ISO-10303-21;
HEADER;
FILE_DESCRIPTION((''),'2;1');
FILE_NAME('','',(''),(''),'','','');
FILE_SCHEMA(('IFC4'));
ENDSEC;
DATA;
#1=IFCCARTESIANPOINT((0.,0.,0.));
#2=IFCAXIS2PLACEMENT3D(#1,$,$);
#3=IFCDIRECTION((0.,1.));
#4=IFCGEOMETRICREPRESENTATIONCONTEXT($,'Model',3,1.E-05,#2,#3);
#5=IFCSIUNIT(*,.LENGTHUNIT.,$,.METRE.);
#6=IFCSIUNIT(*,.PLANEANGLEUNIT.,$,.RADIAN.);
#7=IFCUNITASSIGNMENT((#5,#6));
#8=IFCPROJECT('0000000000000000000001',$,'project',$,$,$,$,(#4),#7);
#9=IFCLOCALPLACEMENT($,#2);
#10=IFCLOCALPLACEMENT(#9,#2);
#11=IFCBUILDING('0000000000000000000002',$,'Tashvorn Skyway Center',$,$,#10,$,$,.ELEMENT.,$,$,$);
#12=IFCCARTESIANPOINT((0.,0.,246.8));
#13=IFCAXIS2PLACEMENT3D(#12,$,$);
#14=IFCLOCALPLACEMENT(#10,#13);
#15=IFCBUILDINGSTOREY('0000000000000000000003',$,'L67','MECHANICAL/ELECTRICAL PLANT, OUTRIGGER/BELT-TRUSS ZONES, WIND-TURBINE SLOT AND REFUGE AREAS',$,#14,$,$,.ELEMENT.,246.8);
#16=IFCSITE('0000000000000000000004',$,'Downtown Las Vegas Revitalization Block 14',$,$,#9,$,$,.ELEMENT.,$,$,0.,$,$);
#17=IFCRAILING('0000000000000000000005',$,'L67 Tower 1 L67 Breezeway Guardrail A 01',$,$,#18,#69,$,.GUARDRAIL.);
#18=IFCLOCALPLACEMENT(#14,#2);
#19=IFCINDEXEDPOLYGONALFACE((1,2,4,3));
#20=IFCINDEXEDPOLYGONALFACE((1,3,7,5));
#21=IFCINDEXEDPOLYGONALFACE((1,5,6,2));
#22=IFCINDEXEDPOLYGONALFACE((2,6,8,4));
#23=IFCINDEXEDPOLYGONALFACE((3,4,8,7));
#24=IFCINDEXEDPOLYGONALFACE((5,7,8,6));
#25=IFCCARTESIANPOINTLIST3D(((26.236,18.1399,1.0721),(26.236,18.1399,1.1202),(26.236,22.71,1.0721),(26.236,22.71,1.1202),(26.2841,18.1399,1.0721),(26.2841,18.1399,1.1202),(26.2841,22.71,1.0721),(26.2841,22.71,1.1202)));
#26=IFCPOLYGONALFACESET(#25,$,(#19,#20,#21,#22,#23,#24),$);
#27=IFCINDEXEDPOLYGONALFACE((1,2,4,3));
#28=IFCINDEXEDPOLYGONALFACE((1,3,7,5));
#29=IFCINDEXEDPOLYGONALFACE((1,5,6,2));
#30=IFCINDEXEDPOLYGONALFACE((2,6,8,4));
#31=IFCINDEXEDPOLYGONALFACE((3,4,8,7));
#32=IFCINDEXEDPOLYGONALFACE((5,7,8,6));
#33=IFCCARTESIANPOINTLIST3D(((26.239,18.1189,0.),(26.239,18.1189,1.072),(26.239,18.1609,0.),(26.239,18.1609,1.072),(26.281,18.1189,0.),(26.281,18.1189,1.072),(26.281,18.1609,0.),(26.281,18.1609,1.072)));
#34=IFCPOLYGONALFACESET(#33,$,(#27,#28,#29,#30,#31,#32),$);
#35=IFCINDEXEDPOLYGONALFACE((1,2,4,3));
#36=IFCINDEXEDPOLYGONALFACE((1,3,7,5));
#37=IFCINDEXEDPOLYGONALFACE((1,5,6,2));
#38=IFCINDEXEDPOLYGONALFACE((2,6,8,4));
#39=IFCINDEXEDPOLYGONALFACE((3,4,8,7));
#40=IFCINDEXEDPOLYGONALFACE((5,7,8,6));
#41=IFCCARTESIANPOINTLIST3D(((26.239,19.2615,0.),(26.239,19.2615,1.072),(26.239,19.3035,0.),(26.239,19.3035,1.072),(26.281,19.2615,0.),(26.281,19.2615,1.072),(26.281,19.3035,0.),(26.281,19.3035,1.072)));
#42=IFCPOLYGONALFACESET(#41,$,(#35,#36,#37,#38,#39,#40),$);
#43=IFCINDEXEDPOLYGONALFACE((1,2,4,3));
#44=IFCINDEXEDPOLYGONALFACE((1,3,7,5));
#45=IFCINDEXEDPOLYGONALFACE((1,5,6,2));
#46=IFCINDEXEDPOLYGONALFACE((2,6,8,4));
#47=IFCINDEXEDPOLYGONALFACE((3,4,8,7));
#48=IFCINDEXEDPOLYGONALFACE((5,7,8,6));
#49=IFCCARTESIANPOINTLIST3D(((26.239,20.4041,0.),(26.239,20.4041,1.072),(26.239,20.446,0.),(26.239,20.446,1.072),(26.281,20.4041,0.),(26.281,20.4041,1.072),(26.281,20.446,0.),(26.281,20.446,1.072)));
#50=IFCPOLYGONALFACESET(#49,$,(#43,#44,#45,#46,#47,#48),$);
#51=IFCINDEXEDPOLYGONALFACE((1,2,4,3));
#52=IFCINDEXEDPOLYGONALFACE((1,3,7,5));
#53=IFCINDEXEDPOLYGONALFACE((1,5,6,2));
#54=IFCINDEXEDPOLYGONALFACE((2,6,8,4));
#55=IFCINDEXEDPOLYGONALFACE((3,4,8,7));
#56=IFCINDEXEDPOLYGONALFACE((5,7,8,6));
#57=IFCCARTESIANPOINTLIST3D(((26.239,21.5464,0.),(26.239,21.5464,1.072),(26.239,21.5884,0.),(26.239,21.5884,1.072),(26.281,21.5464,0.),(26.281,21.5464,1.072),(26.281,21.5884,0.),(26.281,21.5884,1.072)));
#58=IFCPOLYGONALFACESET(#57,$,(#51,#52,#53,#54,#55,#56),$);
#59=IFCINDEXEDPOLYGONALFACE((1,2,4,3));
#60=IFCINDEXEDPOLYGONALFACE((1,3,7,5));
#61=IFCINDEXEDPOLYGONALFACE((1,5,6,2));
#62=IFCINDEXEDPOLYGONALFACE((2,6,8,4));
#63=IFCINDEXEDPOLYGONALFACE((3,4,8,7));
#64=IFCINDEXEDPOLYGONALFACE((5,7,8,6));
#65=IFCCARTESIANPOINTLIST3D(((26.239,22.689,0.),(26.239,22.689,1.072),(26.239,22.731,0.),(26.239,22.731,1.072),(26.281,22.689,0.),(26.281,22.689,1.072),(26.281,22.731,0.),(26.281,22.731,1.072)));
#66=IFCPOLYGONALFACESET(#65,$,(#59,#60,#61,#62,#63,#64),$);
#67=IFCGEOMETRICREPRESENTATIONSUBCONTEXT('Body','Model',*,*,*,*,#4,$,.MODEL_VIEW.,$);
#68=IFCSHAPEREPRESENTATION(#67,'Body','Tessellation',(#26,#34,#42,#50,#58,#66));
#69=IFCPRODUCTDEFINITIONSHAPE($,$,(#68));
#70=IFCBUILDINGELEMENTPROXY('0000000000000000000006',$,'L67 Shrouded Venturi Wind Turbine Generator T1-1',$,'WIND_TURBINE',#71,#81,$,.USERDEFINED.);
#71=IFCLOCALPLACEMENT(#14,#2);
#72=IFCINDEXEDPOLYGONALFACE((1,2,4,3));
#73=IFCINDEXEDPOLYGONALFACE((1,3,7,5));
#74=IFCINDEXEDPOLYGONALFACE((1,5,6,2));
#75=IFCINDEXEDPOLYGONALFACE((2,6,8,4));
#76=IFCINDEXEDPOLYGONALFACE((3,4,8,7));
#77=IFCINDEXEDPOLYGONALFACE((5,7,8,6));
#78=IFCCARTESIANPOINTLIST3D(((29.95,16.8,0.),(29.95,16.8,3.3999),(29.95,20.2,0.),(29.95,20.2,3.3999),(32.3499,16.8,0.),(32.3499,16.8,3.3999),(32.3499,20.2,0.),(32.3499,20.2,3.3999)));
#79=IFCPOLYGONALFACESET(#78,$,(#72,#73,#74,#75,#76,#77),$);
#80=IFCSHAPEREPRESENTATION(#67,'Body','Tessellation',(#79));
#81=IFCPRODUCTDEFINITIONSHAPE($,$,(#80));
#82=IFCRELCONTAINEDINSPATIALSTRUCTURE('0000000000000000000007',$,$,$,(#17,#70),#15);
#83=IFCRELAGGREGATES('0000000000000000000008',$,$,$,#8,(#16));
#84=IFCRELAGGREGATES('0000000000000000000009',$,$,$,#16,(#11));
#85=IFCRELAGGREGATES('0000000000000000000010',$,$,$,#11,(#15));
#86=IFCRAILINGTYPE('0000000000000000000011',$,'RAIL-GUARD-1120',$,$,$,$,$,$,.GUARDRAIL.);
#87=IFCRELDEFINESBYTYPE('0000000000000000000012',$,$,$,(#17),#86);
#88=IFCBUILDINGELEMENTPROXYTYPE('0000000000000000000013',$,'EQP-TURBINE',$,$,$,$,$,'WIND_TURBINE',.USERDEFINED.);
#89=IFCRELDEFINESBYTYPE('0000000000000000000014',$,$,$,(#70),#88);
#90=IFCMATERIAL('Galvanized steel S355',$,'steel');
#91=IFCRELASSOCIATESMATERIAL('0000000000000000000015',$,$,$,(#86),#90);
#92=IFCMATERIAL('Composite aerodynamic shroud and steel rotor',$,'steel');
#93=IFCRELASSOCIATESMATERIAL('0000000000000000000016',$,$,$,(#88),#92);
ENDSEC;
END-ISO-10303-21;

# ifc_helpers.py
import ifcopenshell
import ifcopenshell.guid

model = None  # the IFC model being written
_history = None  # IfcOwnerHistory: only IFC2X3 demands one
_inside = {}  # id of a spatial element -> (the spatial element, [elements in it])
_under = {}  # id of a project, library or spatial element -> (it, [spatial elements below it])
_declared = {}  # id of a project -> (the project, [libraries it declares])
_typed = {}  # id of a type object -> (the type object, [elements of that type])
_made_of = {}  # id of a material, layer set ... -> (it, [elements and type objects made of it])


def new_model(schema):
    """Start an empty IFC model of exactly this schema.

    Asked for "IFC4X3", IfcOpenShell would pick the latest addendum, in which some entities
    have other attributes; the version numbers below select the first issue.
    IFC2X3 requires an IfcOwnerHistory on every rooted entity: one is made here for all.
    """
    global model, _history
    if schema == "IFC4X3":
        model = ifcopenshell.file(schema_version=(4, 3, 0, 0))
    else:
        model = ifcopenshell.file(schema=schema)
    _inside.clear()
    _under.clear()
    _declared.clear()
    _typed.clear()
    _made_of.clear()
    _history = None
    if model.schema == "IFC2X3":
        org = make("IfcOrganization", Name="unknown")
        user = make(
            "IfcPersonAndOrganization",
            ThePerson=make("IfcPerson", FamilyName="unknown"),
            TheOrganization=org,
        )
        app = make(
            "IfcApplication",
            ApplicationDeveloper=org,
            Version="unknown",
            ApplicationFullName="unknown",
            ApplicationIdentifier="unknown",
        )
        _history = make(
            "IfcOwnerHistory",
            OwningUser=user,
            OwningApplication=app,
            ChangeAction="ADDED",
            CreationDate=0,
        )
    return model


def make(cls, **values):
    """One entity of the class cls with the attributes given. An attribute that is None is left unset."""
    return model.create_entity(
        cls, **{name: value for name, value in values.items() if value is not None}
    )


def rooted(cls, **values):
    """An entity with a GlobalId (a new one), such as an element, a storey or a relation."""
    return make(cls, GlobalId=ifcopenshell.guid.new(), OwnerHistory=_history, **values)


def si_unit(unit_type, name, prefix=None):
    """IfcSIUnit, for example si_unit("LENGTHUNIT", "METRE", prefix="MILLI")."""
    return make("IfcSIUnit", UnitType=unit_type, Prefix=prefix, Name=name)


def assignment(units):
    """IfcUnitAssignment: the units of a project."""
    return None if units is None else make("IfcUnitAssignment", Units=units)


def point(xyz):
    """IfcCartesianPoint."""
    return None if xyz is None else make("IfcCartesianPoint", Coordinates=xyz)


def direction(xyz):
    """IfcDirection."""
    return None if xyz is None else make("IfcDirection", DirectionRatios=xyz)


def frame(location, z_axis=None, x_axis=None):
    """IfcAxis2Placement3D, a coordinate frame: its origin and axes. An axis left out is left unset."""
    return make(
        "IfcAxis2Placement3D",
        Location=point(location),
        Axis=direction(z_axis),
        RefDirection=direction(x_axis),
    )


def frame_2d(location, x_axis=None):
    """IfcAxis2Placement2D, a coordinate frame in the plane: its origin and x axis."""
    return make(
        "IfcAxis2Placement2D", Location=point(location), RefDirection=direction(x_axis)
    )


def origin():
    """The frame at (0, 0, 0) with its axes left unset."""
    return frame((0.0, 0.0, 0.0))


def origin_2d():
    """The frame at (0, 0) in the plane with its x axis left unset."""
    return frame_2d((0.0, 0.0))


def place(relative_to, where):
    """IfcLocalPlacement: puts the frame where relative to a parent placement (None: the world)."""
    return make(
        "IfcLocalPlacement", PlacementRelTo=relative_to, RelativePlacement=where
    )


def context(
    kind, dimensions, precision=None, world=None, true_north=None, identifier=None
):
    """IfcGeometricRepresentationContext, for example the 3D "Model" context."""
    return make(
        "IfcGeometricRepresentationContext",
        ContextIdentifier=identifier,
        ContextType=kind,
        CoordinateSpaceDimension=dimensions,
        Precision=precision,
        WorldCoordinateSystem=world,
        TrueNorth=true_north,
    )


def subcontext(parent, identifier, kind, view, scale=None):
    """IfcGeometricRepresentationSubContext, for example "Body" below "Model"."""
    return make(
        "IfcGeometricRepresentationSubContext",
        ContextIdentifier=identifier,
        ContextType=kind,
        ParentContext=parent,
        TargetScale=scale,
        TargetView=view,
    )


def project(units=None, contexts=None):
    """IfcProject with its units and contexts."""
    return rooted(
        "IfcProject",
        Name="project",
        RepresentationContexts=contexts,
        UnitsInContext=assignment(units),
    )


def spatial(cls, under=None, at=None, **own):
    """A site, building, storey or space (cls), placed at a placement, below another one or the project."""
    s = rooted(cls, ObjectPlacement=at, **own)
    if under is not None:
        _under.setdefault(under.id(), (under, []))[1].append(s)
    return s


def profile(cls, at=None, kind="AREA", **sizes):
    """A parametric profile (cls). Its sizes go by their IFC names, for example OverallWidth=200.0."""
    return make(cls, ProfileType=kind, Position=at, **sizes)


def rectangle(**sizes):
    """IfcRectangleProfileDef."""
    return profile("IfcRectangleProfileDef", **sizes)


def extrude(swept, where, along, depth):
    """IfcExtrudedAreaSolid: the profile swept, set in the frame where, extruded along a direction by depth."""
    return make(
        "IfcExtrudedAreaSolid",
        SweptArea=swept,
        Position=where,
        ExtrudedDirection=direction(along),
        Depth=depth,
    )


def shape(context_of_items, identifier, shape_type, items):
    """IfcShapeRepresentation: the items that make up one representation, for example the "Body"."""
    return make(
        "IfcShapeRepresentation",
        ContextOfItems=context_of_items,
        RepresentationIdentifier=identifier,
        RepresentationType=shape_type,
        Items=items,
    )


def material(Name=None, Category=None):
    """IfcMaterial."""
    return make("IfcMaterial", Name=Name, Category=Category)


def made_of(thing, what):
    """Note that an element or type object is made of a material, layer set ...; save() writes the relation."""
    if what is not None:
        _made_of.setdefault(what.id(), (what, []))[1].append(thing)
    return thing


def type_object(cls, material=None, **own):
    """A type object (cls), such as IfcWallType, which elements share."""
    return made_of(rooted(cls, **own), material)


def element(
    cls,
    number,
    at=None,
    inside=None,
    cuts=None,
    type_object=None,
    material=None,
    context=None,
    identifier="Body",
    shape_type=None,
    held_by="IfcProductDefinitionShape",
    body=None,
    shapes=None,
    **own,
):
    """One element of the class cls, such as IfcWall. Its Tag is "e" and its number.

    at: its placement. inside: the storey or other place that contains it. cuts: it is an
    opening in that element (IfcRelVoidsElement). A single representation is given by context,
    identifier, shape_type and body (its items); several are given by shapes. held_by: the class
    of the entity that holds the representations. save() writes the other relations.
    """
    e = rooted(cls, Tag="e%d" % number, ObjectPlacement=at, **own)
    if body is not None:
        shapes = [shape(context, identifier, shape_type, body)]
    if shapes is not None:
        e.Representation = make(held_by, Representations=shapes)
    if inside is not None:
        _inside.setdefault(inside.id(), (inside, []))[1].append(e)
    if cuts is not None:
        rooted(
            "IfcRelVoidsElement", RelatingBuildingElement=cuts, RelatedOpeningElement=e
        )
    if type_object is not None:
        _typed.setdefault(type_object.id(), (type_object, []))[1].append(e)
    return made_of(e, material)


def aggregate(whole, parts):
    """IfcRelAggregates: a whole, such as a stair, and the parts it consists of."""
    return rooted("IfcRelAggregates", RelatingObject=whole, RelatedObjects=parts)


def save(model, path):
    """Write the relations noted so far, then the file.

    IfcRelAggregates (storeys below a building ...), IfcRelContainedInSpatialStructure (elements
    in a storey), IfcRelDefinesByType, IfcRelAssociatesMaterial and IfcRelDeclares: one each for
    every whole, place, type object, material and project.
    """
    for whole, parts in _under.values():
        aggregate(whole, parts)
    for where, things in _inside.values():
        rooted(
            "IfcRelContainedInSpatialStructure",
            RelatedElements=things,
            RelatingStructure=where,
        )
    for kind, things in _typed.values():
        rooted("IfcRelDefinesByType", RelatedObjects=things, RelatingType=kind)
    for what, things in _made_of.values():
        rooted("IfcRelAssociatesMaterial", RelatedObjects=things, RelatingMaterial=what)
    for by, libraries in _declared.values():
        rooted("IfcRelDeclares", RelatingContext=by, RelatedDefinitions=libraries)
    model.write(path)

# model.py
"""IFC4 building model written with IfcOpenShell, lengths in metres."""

from ifc_helpers import new_model, si_unit, direction, frame, origin, origin_2d, place, context, subcontext, project, spatial, rectangle, extrude, material, type_object, element, save


model = new_model("IFC4")

# Units and contexts
model_context = context("Model", 3, precision=1e-05, world=origin(), true_north=direction((0.0, 1.0)))
body_context = subcontext(model_context, "Body", "Model", "MODEL_VIEW")
ifc_project = project(units=[si_unit("LENGTHUNIT", "METRE"), si_unit("PLANEANGLEUNIT", "RADIAN")], contexts=[model_context])

# Site, building, storey
site_placement = place(None, origin())
site = spatial("IfcSite", under=ifc_project, at=site_placement, Name="Downtown Las Vegas Revitalization Block 14", CompositionType="ELEMENT", RefElevation=0.0)
building_placement = place(site_placement, origin())
building = spatial("IfcBuilding", under=site, at=building_placement, Name="Tashvorn Skyway Center", CompositionType="ELEMENT")
storey_placement = place(building_placement, frame((0.0, 0.0, 246.8)))
storey = spatial("IfcBuildingStorey", under=building, at=storey_placement, Name="L67", Description="MECHANICAL/ELECTRICAL PLANT, OUTRIGGER/BELT-TRUSS ZONES, WIND-TURBINE SLOT AND REFUGE AREAS", CompositionType="ELEMENT", Elevation=246.8)

# Railing
ifc_material_1 = material(Name="Galvanized steel S355", Category="steel")
railing_type = type_object("IfcRailingType", Name="RAIL-GUARD-1120", PredefinedType="GUARDRAIL", material=ifc_material_1)
railing_placement = place(storey_placement, frame((26.26, 18.1399, 0.0)))
element("IfcRailing", 1, at=railing_placement, inside=storey, type_object=railing_type, Name="L67 Tower 1 L67 Breezeway Guardrail A 01", PredefinedType="GUARDRAIL", context=body_context, shape_type="SweptSolid", body=[
    extrude(rectangle(XDim=0.0481, YDim=0.0481, at=origin_2d()), frame((0.0, 0.0, 1.0962), z_axis=(0.0, 1.0, 0.0), x_axis=(-1.0, 0.0, 0.0)), (0.0, 0.0, 1.0), 4.5701),
    extrude(rectangle(XDim=0.042, YDim=0.042, at=origin_2d()), origin(), (0.0, 0.0, 1.0), 1.072),
    extrude(rectangle(XDim=0.042, YDim=0.042, at=origin_2d()), frame((0.0, 1.1426, 0.0)), (0.0, 0.0, 1.0), 1.072),
    extrude(rectangle(XDim=0.042, YDim=0.042, at=origin_2d()), frame((0.0, 2.2852, 0.0)), (0.0, 0.0, 1.0), 1.072),
    extrude(rectangle(XDim=0.042, YDim=0.042, at=origin_2d()), frame((0.0, 3.4275, 0.0)), (0.0, 0.0, 1.0), 1.072),
    extrude(rectangle(XDim=0.042, YDim=0.042, at=origin_2d()), frame((0.0, 4.5701, 0.0)), (0.0, 0.0, 1.0), 1.072),
])

# Building element proxy
ifc_material_2 = material(Name="Composite aerodynamic shroud and steel rotor", Category="steel")
building_element_proxy_type = type_object("IfcBuildingElementProxyType", Name="EQP-TURBINE", ElementType="WIND_TURBINE", PredefinedType="USERDEFINED", material=ifc_material_2)
proxy_placement = place(storey_placement, frame((31.1499, 18.5, 0.0), z_axis=(0.0, 0.0, 1.0), x_axis=(1.0, 0.0, 0.0)))
element("IfcBuildingElementProxy", 2, at=proxy_placement, inside=storey, type_object=building_element_proxy_type, Name="L67 Shrouded Venturi Wind Turbine Generator T1-1", ObjectType="WIND_TURBINE", PredefinedType="USERDEFINED", context=body_context, shape_type="SweptSolid", body=[
    extrude(rectangle(XDim=2.3999, YDim=3.3999, at=origin_2d()), origin(), (0.0, 0.0, 1.0), 3.3999),
])

save(model, "model.ifc")
